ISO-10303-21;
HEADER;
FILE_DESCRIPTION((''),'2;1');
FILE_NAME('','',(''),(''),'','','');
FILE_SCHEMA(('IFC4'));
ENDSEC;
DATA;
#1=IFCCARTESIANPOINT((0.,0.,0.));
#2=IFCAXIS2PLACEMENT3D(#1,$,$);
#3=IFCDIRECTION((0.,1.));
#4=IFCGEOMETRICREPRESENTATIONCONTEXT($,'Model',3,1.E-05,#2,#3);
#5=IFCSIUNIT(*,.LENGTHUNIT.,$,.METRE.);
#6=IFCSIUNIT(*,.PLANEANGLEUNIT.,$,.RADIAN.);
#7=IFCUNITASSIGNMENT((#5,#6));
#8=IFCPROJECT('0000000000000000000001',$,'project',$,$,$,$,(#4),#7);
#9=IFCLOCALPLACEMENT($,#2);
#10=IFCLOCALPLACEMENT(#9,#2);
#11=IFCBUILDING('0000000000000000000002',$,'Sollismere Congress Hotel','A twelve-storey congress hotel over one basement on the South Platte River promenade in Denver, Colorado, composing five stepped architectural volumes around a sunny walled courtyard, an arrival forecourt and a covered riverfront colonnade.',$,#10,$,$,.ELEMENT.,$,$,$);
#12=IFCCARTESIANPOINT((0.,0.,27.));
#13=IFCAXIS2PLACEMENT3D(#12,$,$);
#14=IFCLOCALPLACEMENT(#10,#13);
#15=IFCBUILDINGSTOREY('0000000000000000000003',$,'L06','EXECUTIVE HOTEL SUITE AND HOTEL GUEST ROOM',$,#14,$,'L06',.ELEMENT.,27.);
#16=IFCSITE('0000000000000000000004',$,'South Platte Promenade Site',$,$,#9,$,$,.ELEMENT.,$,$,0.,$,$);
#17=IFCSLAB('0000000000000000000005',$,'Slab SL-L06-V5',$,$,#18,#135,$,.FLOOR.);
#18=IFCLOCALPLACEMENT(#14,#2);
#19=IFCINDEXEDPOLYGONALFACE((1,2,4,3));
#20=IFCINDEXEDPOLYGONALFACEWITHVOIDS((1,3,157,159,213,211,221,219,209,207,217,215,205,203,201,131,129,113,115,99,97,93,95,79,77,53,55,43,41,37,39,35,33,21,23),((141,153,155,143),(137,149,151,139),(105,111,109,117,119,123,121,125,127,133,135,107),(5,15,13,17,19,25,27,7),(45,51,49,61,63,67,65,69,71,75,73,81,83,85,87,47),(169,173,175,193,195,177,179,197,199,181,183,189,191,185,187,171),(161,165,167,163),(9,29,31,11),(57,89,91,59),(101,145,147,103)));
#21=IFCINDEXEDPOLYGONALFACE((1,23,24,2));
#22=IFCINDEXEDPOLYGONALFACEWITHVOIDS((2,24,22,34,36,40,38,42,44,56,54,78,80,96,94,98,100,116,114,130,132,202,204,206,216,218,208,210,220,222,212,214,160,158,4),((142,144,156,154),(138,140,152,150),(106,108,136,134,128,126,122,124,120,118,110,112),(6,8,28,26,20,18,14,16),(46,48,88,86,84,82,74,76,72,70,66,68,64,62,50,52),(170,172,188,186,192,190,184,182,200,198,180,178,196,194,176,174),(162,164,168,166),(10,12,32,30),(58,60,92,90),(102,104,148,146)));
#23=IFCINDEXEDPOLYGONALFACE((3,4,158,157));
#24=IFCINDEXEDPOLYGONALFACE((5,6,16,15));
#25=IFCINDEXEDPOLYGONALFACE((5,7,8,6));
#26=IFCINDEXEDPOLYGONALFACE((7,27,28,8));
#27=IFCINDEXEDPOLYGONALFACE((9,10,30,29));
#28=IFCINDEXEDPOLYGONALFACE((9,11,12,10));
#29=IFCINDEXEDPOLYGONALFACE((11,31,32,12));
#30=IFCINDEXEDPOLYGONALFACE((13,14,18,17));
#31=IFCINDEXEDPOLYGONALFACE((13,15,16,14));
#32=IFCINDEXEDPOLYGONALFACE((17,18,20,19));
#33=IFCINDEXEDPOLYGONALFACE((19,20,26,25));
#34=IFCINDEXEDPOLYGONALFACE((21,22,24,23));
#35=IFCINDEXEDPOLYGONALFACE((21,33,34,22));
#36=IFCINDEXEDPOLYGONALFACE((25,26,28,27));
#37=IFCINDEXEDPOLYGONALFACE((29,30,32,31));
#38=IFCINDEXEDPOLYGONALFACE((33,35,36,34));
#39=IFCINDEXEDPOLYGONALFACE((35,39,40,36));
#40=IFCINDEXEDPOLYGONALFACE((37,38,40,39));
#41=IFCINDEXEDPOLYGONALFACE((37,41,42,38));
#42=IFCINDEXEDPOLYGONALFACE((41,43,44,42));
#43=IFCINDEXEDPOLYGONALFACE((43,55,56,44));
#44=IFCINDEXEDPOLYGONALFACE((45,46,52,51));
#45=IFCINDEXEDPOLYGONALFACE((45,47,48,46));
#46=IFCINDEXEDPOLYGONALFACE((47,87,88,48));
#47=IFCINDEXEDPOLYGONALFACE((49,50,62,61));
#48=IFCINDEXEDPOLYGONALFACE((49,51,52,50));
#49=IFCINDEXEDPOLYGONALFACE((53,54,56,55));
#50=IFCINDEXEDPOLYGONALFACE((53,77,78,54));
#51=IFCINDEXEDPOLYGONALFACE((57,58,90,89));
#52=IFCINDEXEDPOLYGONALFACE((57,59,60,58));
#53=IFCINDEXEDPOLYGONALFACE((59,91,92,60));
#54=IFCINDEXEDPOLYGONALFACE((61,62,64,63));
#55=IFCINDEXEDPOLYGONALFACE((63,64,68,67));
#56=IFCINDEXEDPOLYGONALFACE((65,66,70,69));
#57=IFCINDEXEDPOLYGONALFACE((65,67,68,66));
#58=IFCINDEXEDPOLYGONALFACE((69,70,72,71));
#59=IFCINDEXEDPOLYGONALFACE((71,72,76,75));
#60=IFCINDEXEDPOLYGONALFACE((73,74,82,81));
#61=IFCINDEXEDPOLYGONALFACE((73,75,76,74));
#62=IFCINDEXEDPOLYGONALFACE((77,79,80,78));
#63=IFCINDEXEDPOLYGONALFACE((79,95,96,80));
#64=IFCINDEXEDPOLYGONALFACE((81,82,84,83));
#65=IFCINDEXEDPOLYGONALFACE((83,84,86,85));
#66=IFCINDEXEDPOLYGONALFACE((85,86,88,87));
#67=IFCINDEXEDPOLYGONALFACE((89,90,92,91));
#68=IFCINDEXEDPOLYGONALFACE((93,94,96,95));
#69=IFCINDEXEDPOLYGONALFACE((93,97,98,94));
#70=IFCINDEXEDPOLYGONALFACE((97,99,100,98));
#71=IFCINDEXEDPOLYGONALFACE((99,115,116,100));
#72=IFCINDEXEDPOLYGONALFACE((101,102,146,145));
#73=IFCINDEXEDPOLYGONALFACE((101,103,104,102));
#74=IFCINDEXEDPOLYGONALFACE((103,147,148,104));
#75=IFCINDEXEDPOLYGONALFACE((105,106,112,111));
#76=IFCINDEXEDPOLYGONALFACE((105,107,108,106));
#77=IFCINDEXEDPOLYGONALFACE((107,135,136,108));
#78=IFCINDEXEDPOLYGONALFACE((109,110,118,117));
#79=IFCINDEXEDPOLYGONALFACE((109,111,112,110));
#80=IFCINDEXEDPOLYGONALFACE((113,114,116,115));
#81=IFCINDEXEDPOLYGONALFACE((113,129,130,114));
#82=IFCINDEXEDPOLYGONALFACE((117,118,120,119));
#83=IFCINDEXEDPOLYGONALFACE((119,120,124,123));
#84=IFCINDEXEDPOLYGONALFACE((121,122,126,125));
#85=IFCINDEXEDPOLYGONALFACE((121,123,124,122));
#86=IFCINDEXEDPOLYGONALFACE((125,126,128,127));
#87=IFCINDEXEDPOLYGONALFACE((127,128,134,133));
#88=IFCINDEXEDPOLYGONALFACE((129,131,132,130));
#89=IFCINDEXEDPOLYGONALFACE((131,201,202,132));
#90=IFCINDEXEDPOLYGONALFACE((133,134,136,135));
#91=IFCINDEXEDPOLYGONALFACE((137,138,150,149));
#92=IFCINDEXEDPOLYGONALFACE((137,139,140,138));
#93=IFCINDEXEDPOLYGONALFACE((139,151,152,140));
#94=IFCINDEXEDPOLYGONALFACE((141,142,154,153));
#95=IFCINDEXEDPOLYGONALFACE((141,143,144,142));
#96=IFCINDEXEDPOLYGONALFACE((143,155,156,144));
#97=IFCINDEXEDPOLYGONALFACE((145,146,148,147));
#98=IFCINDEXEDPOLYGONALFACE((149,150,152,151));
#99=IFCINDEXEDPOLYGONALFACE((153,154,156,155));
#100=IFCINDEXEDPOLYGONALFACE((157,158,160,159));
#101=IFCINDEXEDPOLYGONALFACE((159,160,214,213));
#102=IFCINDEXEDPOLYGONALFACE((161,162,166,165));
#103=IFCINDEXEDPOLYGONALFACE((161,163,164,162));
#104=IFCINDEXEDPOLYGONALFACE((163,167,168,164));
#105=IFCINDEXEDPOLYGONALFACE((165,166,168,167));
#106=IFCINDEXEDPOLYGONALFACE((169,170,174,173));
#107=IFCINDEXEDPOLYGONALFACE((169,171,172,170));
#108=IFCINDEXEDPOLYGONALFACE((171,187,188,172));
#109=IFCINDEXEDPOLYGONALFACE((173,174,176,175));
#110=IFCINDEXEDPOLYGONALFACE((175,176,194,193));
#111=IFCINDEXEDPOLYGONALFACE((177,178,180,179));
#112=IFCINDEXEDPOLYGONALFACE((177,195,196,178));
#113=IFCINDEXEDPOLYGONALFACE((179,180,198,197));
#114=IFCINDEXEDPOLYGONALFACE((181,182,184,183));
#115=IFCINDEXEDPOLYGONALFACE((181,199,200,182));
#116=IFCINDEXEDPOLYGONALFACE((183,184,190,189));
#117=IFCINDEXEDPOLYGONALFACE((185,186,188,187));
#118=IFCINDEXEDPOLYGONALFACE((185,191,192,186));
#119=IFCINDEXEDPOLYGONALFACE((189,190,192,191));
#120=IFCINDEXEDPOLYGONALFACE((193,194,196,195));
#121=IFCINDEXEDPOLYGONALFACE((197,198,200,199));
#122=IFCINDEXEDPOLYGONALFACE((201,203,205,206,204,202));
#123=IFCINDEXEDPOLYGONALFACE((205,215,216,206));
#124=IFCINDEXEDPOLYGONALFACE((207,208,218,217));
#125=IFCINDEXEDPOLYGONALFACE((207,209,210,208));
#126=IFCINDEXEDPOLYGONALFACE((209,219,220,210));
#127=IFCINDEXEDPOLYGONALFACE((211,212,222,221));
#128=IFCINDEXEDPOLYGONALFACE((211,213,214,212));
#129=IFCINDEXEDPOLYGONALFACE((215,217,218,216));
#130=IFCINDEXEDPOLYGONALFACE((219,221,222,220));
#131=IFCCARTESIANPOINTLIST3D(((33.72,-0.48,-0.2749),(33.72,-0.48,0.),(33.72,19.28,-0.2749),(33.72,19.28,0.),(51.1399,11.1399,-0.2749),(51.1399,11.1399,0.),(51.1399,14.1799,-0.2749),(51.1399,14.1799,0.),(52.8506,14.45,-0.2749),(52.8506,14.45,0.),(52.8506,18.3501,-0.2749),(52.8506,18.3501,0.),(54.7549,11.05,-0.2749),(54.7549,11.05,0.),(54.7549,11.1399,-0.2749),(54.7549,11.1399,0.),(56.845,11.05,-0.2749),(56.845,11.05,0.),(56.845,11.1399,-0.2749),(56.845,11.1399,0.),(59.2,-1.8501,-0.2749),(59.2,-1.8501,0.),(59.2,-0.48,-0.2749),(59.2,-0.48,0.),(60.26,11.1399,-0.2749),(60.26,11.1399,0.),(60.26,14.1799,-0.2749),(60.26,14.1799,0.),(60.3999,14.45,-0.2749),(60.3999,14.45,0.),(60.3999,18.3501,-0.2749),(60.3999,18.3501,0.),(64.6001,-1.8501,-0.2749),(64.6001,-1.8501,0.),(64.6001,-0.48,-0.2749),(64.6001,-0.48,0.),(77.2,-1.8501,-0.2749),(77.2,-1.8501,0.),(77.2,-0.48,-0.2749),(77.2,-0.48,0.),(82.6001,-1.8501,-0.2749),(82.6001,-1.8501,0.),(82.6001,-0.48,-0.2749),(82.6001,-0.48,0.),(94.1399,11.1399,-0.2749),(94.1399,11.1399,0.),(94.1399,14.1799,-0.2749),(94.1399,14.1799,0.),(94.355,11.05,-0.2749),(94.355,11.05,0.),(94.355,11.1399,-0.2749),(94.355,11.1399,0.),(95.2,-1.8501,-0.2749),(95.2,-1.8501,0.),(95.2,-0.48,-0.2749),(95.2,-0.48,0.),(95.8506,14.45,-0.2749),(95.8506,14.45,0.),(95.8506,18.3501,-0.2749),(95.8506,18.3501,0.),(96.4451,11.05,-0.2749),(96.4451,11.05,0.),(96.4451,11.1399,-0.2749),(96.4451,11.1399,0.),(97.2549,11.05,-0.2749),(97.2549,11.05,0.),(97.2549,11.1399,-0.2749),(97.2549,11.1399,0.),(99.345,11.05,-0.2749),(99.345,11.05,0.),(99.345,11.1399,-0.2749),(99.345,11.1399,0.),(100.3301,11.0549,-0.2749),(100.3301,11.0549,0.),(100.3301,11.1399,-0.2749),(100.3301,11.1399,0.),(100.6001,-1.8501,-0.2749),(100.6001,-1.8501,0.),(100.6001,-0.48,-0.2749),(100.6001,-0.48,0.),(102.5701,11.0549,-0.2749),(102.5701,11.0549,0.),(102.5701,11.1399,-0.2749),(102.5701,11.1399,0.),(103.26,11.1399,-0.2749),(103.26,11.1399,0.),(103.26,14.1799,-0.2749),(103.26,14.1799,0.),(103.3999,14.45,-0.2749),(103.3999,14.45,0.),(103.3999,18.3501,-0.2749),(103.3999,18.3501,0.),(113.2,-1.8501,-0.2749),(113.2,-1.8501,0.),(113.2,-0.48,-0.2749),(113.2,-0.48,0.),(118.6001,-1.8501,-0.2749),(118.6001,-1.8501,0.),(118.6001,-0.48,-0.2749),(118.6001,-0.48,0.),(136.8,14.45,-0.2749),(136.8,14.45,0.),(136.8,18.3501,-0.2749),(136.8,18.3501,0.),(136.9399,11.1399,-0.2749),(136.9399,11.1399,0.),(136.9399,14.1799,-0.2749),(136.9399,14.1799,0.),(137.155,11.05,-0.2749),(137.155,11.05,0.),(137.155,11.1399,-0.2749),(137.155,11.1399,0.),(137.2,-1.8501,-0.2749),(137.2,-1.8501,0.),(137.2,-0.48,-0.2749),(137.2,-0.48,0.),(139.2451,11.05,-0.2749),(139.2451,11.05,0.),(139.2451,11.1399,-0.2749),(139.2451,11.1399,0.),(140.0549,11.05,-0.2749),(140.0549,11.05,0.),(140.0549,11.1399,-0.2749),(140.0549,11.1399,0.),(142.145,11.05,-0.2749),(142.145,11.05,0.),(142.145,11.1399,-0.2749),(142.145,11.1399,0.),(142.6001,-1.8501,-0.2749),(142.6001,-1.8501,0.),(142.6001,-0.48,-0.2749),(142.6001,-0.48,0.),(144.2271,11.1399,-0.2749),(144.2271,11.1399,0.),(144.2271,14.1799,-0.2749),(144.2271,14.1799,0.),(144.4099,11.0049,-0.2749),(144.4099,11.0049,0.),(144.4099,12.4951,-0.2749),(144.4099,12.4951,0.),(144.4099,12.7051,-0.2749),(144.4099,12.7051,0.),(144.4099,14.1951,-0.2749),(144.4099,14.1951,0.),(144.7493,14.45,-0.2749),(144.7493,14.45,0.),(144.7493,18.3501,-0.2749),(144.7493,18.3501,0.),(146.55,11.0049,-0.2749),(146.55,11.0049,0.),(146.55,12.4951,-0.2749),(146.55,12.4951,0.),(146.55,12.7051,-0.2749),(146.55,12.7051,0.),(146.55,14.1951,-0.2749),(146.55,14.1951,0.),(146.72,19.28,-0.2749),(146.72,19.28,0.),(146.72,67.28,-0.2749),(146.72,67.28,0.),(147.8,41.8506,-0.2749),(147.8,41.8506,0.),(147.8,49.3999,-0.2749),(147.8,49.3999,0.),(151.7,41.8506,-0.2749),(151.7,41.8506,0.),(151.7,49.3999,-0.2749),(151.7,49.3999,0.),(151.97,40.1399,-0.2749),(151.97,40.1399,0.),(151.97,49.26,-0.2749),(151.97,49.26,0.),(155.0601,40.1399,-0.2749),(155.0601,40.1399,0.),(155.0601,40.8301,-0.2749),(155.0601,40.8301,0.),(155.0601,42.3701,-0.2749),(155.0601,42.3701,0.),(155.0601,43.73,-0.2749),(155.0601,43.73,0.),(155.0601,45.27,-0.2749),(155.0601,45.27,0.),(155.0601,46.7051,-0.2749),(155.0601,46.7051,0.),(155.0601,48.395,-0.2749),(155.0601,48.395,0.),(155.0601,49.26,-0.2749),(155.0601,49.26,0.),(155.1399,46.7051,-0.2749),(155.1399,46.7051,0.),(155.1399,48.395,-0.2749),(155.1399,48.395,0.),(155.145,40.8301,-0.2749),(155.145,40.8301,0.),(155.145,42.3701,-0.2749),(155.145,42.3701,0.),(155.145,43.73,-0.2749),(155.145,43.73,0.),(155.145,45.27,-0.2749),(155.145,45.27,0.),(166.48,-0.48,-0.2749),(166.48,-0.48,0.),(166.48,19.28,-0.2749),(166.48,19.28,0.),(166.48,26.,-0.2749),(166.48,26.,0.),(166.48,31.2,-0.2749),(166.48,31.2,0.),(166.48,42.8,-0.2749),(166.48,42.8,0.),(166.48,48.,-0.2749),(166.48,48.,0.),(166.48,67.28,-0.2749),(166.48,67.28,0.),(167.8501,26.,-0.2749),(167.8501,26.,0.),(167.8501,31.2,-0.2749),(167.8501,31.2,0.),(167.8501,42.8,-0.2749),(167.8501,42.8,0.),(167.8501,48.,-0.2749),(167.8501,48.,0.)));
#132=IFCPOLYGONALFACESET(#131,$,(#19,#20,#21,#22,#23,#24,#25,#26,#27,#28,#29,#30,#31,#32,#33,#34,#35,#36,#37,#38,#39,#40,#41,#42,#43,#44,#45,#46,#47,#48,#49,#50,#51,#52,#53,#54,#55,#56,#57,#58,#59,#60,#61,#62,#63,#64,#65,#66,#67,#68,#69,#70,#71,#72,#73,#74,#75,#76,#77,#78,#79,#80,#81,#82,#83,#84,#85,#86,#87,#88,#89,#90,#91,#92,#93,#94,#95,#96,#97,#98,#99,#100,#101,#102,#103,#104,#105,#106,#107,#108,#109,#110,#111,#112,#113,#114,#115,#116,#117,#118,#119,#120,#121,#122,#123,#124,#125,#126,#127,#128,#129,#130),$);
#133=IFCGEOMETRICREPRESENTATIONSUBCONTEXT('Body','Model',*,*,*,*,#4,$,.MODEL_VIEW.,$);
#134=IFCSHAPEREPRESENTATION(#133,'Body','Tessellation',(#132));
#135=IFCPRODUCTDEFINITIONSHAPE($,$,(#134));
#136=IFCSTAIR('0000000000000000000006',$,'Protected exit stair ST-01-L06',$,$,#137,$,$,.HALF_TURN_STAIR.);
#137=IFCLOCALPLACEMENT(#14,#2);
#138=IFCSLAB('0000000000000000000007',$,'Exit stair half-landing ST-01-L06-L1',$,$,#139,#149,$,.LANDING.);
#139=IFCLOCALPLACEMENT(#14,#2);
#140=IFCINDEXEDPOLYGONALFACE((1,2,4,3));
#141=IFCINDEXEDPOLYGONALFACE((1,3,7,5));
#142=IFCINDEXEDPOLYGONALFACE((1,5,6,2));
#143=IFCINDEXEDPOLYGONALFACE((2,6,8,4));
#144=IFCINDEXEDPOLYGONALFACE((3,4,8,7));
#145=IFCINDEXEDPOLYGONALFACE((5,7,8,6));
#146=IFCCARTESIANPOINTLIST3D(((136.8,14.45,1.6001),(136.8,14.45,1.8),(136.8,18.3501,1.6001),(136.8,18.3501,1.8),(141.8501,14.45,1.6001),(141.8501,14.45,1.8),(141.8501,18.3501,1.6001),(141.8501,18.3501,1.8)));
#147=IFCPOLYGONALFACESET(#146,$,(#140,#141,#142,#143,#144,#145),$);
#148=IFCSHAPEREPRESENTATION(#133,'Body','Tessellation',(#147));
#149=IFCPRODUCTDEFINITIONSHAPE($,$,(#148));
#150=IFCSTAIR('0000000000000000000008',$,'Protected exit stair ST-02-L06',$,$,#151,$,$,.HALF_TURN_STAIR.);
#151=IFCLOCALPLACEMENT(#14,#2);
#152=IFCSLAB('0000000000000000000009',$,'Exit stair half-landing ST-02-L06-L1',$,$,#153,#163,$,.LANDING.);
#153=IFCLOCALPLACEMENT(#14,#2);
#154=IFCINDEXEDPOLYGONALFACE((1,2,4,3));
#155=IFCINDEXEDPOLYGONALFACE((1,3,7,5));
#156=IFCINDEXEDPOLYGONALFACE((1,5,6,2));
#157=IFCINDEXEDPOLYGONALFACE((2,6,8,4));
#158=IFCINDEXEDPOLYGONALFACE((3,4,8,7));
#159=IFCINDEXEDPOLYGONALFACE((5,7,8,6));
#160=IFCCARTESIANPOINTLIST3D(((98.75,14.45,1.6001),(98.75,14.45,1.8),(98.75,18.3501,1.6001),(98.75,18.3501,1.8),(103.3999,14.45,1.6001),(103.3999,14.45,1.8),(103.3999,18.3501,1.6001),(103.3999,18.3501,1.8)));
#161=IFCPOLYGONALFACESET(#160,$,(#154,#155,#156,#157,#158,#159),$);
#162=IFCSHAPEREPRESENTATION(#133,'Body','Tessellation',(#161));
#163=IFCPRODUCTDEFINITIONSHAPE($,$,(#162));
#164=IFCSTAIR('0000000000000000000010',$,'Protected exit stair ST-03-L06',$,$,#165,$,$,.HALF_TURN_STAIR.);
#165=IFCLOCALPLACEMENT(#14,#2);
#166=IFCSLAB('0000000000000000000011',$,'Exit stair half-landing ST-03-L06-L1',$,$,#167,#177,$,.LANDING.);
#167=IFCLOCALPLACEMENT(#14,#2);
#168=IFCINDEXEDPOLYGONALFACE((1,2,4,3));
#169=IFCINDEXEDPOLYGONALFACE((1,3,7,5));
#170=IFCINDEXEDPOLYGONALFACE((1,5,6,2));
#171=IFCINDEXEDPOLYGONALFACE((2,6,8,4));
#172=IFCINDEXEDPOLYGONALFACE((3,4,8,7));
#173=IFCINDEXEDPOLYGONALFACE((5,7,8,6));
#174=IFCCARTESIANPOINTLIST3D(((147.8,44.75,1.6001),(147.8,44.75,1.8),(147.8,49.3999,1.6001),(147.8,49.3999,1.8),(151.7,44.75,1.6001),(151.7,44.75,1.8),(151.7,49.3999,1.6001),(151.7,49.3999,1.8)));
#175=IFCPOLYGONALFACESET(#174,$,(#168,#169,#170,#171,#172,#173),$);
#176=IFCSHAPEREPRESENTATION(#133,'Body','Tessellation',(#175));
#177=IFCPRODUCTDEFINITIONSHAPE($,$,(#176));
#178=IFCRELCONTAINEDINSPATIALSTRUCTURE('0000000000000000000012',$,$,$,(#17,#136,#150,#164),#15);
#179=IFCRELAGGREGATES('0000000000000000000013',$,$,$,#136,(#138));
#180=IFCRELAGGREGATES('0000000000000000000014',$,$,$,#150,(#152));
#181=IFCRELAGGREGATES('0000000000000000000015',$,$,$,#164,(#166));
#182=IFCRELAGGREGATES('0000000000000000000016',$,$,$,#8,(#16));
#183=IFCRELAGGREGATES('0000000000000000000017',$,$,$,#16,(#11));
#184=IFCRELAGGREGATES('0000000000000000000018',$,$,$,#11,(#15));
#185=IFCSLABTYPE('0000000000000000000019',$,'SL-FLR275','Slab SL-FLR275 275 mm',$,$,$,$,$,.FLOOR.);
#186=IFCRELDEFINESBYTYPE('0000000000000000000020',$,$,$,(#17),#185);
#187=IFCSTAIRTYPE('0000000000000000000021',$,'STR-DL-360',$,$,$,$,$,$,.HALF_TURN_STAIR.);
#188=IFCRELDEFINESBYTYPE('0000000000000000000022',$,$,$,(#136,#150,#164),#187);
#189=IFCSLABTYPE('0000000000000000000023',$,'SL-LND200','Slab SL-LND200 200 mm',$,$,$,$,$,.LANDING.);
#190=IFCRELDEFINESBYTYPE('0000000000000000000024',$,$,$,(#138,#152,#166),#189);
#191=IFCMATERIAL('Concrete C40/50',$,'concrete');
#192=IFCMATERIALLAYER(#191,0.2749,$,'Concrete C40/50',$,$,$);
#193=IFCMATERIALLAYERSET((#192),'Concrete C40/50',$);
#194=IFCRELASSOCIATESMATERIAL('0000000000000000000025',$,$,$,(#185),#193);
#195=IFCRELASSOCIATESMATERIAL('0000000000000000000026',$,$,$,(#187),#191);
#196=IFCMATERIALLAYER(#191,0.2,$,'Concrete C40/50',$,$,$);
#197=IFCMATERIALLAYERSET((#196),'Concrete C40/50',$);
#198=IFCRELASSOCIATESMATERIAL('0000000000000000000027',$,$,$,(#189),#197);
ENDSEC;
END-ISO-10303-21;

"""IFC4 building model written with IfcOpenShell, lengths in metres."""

from ifc_helpers import new_model, si_unit, direction, frame, origin, place, context, subcontext, project, spatial, polyline, outline, extrude, material, layer, layer_set, type_object, element, aggregate, save


model = new_model("IFC4")

# Units and contexts
model_context = context("Model", 3, precision=1e-05, world=origin(), true_north=direction((0.0, 1.0)))
body_context = subcontext(model_context, "Body", "Model", "MODEL_VIEW")
ifc_project = project(units=[si_unit("LENGTHUNIT", "METRE"), si_unit("PLANEANGLEUNIT", "RADIAN")], contexts=[model_context])

# Site, building, storey
site_placement = place(None, origin())
site = spatial("IfcSite", under=ifc_project, at=site_placement, Name="South Platte Promenade Site", CompositionType="ELEMENT", RefElevation=0.0)
building_placement = place(site_placement, origin())
building = spatial("IfcBuilding", under=site, at=building_placement, Name="Sollismere Congress Hotel", Description="A twelve-storey congress hotel over one basement on the South Platte River promenade in Denver, Colorado, composing five stepped architectural volumes around a sunny walled courtyard, an arrival forecourt and a covered riverfront colonnade.", CompositionType="ELEMENT")
storey_placement = place(building_placement, frame((0.0, 0.0, 27.0)))
storey = spatial("IfcBuildingStorey", under=building, at=storey_placement, Name="L06", Description="EXECUTIVE HOTEL SUITE AND HOTEL GUEST ROOM", LongName="L06", CompositionType="ELEMENT", Elevation=27.0)

# Slab
ifc_material_1 = material(Name="Concrete C40/50", Category="concrete")
ifc_layer_1 = layer(ifc_material_1, 0.2749, Name="Concrete C40/50")
ifc_layer_set_1 = layer_set([ifc_layer_1], Name="Concrete C40/50")
slab_type_1 = type_object("IfcSlabType", Name="SL-FLR275", Description="Slab SL-FLR275 275 mm", PredefinedType="FLOOR", material=ifc_layer_set_1)
slab_1_placement = place(storey_placement, frame((0.0, 0.0, -0.2749)))
element("IfcSlab", 1, at=slab_1_placement, inside=storey, type_object=slab_type_1, Name="Slab SL-L06-V5", PredefinedType="FLOOR", context=body_context, shape_type="SweptSolid", body=[
    extrude(outline(polyline([(64.6001, -1.8501), (64.6001, -0.48), (77.2, -0.48), (77.2, -1.8501), (82.6001, -1.8501), (82.6001, -0.48), (95.2, -0.48), (95.2, -1.8501), (100.6001, -1.8501), (100.6001, -0.48), (113.2, -0.48), (113.2, -1.8501), (118.6001, -1.8501), (118.6001, -0.48), (137.2, -0.48), (137.2, -1.8501), (142.6001, -1.8501), (142.6001, -0.48), (166.48, -0.48), (166.48, 19.28), (166.48, 26.0), (167.8501, 26.0), (167.8501, 31.2), (166.48, 31.2), (166.48, 42.8), (167.8501, 42.8), (167.8501, 48.0), (166.48, 48.0), (166.48, 67.28), (146.72, 67.28), (146.72, 19.28), (33.72, 19.28), (33.72, -0.48), (59.2, -0.48), (59.2, -1.8501), (64.6001, -1.8501)]), holes=[polyline([(54.7549, 11.05), (54.7549, 11.1399), (51.1399, 11.1399), (51.1399, 14.1799), (60.26, 14.1799), (60.26, 11.1399), (56.845, 11.1399), (56.845, 11.05), (54.7549, 11.05)]), polyline([(94.355, 11.05), (94.355, 11.1399), (94.1399, 11.1399), (94.1399, 14.1799), (103.26, 14.1799), (103.26, 11.1399), (102.5701, 11.1399), (102.5701, 11.0549), (100.3301, 11.0549), (100.3301, 11.1399), (99.345, 11.1399), (99.345, 11.05), (97.2549, 11.05), (97.2549, 11.1399), (96.4451, 11.1399), (96.4451, 11.05), (94.355, 11.05)]), polyline([(137.155, 11.05), (137.155, 11.1399), (136.9399, 11.1399), (136.9399, 14.1799), (144.2271, 14.1799), (144.2271, 11.1399), (142.145, 11.1399), (142.145, 11.05), (140.0549, 11.05), (140.0549, 11.1399), (139.2451, 11.1399), (139.2451, 11.05), (137.155, 11.05)]), polyline([(52.8506, 18.3501), (60.3999, 18.3501), (60.3999, 14.45), (52.8506, 14.45), (52.8506, 18.3501)]), polyline([(95.8506, 14.45), (95.8506, 18.3501), (103.3999, 18.3501), (103.3999, 14.45), (95.8506, 14.45)]), polyline([(146.55, 11.0049), (144.4099, 11.0049), (144.4099, 12.4951), (146.55, 12.4951), (146.55, 11.0049)]), polyline([(144.4099, 12.7051), (144.4099, 14.1951), (146.55, 14.1951), (146.55, 12.7051), (144.4099, 12.7051)]), polyline([(144.7493, 14.45), (136.8, 14.45), (136.8, 18.3501), (144.7493, 18.3501), (144.7493, 14.45)]), polyline([(155.0601, 40.8301), (155.0601, 40.1399), (151.97, 40.1399), (151.97, 49.26), (155.0601, 49.26), (155.0601, 48.395), (155.1399, 48.395), (155.1399, 46.7051), (155.0601, 46.7051), (155.0601, 45.27), (155.145, 45.27), (155.145, 43.73), (155.0601, 43.73), (155.0601, 42.3701), (155.145, 42.3701), (155.145, 40.8301), (155.0601, 40.8301)]), polyline([(147.8, 41.8506), (147.8, 49.3999), (151.7, 49.3999), (151.7, 41.8506), (147.8, 41.8506)])]), origin(), (0.0, 0.0, 1.0), 0.2749),
])

# Stairs, slabs
stair_type = type_object("IfcStairType", Name="STR-DL-360", PredefinedType="HALF_TURN_STAIR", material=ifc_material_1)
stair_1_placement = place(storey_placement, origin())
stair_1 = element("IfcStair", 2, at=stair_1_placement, inside=storey, type_object=stair_type, Name="Protected exit stair ST-01-L06", PredefinedType="HALF_TURN_STAIR")
ifc_layer_2 = layer(ifc_material_1, 0.2, Name="Concrete C40/50")
ifc_layer_set_2 = layer_set([ifc_layer_2], Name="Concrete C40/50")
slab_type_2 = type_object("IfcSlabType", Name="SL-LND200", Description="Slab SL-LND200 200 mm", PredefinedType="LANDING", material=ifc_layer_set_2)
slab_2_placement = place(storey_placement, frame((0.0, 0.0, 1.6001)))
slab_2 = element("IfcSlab", 3, at=slab_2_placement, type_object=slab_type_2, Name="Exit stair half-landing ST-01-L06-L1", PredefinedType="LANDING", context=body_context, shape_type="SweptSolid", body=[
    extrude(outline(polyline([(141.8501, 18.3501), (136.8, 18.3501), (136.8, 14.45), (141.8501, 14.45), (141.8501, 18.3501)])), origin(), (0.0, 0.0, 1.0), 0.2),
])
aggregate(stair_1, [slab_2])
stair_2_placement = place(storey_placement, origin())
stair_2 = element("IfcStair", 4, at=stair_2_placement, inside=storey, type_object=stair_type, Name="Protected exit stair ST-02-L06", PredefinedType="HALF_TURN_STAIR")
slab_3_placement = place(storey_placement, frame((0.0, 0.0, 1.6001)))
slab_3 = element("IfcSlab", 5, at=slab_3_placement, type_object=slab_type_2, Name="Exit stair half-landing ST-02-L06-L1", PredefinedType="LANDING", context=body_context, shape_type="SweptSolid", body=[
    extrude(outline(polyline([(98.75, 14.45), (103.3999, 14.45), (103.3999, 18.3501), (98.75, 18.3501), (98.75, 14.45)])), origin(), (0.0, 0.0, 1.0), 0.2),
])
aggregate(stair_2, [slab_3])
stair_3_placement = place(storey_placement, origin())
stair_3 = element("IfcStair", 6, at=stair_3_placement, inside=storey, type_object=stair_type, Name="Protected exit stair ST-03-L06", PredefinedType="HALF_TURN_STAIR")
slab_4_placement = place(storey_placement, frame((0.0, 0.0, 1.6001)))
slab_4 = element("IfcSlab", 7, at=slab_4_placement, type_object=slab_type_2, Name="Exit stair half-landing ST-03-L06-L1", PredefinedType="LANDING", context=body_context, shape_type="SweptSolid", body=[
    extrude(outline(polyline([(151.7, 44.75), (151.7, 49.3999), (147.8, 49.3999), (147.8, 44.75), (151.7, 44.75)])), origin(), (0.0, 0.0, 1.0), 0.2),
])
aggregate(stair_3, [slab_4])

save(model, "model.ifc")
